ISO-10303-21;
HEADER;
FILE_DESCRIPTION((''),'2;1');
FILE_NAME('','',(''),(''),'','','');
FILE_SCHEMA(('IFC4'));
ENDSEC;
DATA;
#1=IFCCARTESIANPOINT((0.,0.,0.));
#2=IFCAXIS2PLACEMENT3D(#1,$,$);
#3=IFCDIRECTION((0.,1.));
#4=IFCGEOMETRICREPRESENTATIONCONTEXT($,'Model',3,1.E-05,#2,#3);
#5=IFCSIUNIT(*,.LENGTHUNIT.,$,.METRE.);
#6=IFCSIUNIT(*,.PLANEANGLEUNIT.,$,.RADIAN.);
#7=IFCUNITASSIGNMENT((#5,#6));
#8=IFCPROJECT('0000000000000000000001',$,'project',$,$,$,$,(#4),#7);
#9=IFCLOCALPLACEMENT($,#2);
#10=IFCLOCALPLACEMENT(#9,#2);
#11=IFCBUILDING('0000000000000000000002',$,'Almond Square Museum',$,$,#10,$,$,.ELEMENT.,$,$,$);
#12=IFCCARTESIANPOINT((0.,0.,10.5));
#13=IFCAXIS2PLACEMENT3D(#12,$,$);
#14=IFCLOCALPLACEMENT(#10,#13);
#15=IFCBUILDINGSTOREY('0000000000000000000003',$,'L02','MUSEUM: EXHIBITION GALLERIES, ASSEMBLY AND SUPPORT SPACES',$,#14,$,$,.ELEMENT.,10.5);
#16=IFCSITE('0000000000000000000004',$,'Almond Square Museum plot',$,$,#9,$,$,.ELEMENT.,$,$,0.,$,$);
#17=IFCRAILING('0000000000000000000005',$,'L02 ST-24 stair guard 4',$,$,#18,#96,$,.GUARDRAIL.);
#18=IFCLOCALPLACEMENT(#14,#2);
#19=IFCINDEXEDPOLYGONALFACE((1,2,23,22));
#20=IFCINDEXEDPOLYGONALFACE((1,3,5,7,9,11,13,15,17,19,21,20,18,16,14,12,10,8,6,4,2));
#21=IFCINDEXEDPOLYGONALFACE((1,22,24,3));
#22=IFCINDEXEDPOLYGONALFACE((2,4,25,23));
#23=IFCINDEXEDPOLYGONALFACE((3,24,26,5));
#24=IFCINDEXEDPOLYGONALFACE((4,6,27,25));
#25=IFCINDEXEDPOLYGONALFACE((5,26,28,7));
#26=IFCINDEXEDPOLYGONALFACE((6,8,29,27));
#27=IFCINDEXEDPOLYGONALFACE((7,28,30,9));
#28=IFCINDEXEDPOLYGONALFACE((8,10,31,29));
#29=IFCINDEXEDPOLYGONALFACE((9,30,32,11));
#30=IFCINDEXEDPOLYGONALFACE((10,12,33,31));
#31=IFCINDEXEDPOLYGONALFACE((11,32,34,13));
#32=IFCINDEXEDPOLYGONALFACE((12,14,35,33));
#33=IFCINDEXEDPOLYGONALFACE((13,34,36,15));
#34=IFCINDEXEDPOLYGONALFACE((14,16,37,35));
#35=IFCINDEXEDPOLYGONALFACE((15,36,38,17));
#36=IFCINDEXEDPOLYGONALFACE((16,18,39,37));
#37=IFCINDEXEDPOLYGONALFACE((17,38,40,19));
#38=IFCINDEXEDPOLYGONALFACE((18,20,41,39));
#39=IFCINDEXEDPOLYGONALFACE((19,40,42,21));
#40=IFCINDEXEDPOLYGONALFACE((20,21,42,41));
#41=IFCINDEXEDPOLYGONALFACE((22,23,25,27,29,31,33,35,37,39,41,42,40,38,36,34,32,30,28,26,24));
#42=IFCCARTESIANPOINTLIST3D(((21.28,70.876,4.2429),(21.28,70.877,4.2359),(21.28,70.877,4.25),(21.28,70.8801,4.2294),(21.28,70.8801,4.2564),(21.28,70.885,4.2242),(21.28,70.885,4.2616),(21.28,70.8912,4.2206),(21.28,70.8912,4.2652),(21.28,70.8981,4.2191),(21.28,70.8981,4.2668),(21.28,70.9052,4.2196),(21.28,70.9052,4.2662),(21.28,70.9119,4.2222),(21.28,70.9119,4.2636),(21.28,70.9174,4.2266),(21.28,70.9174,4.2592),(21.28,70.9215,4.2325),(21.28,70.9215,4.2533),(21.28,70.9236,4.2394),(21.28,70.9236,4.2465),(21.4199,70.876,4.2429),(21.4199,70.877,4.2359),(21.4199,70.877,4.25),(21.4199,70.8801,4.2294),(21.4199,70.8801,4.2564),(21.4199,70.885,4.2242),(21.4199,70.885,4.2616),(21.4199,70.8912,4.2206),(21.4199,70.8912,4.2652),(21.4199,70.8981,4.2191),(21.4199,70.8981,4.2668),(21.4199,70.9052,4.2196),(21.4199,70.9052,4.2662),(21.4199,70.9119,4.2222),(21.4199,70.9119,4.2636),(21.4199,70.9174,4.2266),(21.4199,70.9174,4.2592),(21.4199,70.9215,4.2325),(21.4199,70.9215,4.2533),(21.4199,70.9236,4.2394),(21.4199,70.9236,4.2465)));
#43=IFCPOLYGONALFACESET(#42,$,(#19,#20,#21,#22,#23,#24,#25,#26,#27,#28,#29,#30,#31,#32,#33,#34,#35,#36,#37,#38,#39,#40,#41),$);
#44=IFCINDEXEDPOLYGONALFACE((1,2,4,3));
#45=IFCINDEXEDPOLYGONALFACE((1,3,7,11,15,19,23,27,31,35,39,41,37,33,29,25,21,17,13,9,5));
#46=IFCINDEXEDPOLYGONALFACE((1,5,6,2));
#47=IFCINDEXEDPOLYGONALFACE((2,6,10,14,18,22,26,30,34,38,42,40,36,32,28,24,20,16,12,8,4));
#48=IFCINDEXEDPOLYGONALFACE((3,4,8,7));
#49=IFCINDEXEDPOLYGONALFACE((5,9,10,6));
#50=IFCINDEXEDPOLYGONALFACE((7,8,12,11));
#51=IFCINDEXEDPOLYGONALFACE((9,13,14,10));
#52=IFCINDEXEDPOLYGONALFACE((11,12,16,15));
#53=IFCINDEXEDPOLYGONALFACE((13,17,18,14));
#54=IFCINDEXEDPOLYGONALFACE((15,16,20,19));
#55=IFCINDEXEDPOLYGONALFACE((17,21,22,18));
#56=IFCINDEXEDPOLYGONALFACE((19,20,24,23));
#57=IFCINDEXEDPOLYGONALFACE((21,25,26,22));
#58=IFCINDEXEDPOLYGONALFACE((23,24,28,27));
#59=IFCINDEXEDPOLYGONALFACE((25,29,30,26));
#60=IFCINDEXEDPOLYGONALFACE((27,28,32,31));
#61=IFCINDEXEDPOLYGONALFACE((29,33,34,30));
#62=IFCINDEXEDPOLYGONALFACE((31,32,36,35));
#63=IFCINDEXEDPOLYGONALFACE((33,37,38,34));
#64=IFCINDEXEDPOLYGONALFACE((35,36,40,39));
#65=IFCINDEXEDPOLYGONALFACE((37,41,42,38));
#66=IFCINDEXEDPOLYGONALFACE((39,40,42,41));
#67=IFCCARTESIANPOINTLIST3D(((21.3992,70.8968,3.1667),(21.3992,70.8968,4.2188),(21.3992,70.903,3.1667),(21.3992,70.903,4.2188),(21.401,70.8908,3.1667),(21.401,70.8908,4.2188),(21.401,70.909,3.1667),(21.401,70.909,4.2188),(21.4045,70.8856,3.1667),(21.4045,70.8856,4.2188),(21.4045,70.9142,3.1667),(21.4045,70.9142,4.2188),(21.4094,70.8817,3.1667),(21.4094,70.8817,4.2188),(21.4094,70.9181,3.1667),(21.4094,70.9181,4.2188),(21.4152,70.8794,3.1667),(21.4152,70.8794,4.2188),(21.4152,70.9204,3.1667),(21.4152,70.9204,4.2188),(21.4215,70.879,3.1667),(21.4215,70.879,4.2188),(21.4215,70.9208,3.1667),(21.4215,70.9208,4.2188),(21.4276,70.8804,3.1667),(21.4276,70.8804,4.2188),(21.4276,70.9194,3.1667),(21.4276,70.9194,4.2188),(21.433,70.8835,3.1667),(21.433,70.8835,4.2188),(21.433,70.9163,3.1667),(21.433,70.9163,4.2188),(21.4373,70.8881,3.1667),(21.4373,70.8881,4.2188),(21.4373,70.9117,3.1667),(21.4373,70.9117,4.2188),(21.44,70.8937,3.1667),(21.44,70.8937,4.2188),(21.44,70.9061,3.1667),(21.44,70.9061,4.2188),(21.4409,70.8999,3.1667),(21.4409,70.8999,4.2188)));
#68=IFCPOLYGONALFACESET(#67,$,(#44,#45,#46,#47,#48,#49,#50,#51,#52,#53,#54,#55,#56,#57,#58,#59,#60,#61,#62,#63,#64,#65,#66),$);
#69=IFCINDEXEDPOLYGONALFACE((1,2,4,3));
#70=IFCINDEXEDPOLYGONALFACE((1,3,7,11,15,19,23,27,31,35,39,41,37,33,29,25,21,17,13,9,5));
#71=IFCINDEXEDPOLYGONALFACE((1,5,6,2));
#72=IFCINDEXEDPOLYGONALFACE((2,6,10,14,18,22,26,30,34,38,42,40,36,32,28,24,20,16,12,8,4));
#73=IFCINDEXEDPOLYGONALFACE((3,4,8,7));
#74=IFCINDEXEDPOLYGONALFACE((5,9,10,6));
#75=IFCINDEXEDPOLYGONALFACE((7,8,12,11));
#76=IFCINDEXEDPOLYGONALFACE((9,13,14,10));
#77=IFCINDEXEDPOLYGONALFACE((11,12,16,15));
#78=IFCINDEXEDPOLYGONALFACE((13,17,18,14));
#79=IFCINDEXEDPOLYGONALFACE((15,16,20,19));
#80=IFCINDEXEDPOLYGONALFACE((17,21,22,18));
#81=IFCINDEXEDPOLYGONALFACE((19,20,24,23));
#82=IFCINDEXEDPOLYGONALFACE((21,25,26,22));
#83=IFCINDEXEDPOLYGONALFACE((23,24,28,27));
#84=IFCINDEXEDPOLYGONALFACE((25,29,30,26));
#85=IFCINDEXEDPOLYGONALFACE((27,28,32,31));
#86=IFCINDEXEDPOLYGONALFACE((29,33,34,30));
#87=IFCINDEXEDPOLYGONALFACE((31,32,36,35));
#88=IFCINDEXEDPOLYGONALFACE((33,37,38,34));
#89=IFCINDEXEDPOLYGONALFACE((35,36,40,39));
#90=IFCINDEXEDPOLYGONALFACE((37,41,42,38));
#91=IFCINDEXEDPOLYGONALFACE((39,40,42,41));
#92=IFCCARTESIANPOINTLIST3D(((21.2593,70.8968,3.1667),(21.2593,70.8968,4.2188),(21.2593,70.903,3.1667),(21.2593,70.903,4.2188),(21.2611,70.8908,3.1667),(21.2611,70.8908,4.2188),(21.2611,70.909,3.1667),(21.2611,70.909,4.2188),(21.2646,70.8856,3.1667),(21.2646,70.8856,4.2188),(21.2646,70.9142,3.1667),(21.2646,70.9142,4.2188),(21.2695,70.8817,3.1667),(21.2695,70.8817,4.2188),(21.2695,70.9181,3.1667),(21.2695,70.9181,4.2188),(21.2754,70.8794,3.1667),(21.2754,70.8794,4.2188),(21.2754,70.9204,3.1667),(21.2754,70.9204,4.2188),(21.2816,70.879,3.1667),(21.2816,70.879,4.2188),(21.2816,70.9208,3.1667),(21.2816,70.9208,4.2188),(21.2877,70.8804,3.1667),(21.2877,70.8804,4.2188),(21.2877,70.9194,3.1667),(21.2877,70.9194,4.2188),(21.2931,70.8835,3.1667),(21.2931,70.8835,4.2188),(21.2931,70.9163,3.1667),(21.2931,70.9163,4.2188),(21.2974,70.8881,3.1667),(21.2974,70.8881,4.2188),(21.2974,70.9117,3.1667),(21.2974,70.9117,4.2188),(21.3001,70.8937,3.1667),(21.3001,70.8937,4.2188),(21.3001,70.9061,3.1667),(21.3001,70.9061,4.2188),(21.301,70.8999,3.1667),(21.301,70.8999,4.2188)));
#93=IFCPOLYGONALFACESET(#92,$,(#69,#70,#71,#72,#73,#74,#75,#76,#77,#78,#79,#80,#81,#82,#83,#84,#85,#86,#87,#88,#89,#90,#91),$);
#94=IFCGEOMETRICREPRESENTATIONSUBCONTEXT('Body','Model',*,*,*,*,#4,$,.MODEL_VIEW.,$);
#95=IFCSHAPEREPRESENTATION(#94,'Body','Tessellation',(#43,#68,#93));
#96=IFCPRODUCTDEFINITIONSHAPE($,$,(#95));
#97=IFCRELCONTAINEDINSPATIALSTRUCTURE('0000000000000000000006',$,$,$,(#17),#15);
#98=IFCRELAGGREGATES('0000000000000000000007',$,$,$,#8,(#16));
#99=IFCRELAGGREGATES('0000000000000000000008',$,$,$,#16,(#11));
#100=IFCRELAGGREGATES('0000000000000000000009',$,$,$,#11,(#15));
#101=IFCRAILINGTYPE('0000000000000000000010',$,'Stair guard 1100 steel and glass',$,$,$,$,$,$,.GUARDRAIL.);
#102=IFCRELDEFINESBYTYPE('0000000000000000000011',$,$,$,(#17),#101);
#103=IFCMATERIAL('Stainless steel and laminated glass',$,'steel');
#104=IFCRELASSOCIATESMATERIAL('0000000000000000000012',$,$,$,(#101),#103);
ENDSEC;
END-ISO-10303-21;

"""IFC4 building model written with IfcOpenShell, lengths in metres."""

from ifc_helpers import new_model, si_unit, direction, frame, origin, origin_2d, place, context, subcontext, project, spatial, circle, extrude, material, type_object, element, save


model = new_model("IFC4")

# Units and contexts
model_context = context("Model", 3, precision=1e-05, world=origin(), true_north=direction((0.0, 1.0)))
body_context = subcontext(model_context, "Body", "Model", "MODEL_VIEW")
ifc_project = project(units=[si_unit("LENGTHUNIT", "METRE"), si_unit("PLANEANGLEUNIT", "RADIAN")], contexts=[model_context])

# Site, building, storey
site_placement = place(None, origin())
site = spatial("IfcSite", under=ifc_project, at=site_placement, Name="Almond Square Museum plot", CompositionType="ELEMENT", RefElevation=0.0)
building_placement = place(site_placement, origin())
building = spatial("IfcBuilding", under=site, at=building_placement, Name="Almond Square Museum", CompositionType="ELEMENT")
storey_placement = place(building_placement, frame((0.0, 0.0, 10.5)))
storey = spatial("IfcBuildingStorey", under=building, at=storey_placement, Name="L02", Description="MUSEUM: EXHIBITION GALLERIES, ASSEMBLY AND SUPPORT SPACES", CompositionType="ELEMENT", Elevation=10.5)

# Railing
ifc_material_1 = material(Name="Stainless steel and laminated glass", Category="steel")
railing_type_1 = type_object("IfcRailingType", Name="Stair guard 1100 steel and glass", PredefinedType="GUARDRAIL", material=ifc_material_1)
railing_1_placement = place(storey_placement, frame((21.4199, 70.8999, 3.1667)))
element("IfcRailing", 1, at=railing_1_placement, inside=storey, type_object=railing_type_1, Name="L02 ST-24 stair guard 4", PredefinedType="GUARDRAIL", context=body_context, shape_type="SweptSolid", body=[
    extrude(circle(Radius=0.0239, at=origin_2d()), frame((0.0, 0.0, 1.0762), z_axis=(-1.0, 0.0, 0.0), x_axis=(0.0, -1.0, 0.0)), (0.0, 0.0, 1.0), 0.1399),
    extrude(circle(Radius=0.021, at=origin_2d()), origin(), (0.0, 0.0, 1.0), 1.052),
    extrude(circle(Radius=0.021, at=origin_2d()), frame((-0.1399, 0.0, 0.0)), (0.0, 0.0, 1.0), 1.052),
])

save(model, "model.ifc")
